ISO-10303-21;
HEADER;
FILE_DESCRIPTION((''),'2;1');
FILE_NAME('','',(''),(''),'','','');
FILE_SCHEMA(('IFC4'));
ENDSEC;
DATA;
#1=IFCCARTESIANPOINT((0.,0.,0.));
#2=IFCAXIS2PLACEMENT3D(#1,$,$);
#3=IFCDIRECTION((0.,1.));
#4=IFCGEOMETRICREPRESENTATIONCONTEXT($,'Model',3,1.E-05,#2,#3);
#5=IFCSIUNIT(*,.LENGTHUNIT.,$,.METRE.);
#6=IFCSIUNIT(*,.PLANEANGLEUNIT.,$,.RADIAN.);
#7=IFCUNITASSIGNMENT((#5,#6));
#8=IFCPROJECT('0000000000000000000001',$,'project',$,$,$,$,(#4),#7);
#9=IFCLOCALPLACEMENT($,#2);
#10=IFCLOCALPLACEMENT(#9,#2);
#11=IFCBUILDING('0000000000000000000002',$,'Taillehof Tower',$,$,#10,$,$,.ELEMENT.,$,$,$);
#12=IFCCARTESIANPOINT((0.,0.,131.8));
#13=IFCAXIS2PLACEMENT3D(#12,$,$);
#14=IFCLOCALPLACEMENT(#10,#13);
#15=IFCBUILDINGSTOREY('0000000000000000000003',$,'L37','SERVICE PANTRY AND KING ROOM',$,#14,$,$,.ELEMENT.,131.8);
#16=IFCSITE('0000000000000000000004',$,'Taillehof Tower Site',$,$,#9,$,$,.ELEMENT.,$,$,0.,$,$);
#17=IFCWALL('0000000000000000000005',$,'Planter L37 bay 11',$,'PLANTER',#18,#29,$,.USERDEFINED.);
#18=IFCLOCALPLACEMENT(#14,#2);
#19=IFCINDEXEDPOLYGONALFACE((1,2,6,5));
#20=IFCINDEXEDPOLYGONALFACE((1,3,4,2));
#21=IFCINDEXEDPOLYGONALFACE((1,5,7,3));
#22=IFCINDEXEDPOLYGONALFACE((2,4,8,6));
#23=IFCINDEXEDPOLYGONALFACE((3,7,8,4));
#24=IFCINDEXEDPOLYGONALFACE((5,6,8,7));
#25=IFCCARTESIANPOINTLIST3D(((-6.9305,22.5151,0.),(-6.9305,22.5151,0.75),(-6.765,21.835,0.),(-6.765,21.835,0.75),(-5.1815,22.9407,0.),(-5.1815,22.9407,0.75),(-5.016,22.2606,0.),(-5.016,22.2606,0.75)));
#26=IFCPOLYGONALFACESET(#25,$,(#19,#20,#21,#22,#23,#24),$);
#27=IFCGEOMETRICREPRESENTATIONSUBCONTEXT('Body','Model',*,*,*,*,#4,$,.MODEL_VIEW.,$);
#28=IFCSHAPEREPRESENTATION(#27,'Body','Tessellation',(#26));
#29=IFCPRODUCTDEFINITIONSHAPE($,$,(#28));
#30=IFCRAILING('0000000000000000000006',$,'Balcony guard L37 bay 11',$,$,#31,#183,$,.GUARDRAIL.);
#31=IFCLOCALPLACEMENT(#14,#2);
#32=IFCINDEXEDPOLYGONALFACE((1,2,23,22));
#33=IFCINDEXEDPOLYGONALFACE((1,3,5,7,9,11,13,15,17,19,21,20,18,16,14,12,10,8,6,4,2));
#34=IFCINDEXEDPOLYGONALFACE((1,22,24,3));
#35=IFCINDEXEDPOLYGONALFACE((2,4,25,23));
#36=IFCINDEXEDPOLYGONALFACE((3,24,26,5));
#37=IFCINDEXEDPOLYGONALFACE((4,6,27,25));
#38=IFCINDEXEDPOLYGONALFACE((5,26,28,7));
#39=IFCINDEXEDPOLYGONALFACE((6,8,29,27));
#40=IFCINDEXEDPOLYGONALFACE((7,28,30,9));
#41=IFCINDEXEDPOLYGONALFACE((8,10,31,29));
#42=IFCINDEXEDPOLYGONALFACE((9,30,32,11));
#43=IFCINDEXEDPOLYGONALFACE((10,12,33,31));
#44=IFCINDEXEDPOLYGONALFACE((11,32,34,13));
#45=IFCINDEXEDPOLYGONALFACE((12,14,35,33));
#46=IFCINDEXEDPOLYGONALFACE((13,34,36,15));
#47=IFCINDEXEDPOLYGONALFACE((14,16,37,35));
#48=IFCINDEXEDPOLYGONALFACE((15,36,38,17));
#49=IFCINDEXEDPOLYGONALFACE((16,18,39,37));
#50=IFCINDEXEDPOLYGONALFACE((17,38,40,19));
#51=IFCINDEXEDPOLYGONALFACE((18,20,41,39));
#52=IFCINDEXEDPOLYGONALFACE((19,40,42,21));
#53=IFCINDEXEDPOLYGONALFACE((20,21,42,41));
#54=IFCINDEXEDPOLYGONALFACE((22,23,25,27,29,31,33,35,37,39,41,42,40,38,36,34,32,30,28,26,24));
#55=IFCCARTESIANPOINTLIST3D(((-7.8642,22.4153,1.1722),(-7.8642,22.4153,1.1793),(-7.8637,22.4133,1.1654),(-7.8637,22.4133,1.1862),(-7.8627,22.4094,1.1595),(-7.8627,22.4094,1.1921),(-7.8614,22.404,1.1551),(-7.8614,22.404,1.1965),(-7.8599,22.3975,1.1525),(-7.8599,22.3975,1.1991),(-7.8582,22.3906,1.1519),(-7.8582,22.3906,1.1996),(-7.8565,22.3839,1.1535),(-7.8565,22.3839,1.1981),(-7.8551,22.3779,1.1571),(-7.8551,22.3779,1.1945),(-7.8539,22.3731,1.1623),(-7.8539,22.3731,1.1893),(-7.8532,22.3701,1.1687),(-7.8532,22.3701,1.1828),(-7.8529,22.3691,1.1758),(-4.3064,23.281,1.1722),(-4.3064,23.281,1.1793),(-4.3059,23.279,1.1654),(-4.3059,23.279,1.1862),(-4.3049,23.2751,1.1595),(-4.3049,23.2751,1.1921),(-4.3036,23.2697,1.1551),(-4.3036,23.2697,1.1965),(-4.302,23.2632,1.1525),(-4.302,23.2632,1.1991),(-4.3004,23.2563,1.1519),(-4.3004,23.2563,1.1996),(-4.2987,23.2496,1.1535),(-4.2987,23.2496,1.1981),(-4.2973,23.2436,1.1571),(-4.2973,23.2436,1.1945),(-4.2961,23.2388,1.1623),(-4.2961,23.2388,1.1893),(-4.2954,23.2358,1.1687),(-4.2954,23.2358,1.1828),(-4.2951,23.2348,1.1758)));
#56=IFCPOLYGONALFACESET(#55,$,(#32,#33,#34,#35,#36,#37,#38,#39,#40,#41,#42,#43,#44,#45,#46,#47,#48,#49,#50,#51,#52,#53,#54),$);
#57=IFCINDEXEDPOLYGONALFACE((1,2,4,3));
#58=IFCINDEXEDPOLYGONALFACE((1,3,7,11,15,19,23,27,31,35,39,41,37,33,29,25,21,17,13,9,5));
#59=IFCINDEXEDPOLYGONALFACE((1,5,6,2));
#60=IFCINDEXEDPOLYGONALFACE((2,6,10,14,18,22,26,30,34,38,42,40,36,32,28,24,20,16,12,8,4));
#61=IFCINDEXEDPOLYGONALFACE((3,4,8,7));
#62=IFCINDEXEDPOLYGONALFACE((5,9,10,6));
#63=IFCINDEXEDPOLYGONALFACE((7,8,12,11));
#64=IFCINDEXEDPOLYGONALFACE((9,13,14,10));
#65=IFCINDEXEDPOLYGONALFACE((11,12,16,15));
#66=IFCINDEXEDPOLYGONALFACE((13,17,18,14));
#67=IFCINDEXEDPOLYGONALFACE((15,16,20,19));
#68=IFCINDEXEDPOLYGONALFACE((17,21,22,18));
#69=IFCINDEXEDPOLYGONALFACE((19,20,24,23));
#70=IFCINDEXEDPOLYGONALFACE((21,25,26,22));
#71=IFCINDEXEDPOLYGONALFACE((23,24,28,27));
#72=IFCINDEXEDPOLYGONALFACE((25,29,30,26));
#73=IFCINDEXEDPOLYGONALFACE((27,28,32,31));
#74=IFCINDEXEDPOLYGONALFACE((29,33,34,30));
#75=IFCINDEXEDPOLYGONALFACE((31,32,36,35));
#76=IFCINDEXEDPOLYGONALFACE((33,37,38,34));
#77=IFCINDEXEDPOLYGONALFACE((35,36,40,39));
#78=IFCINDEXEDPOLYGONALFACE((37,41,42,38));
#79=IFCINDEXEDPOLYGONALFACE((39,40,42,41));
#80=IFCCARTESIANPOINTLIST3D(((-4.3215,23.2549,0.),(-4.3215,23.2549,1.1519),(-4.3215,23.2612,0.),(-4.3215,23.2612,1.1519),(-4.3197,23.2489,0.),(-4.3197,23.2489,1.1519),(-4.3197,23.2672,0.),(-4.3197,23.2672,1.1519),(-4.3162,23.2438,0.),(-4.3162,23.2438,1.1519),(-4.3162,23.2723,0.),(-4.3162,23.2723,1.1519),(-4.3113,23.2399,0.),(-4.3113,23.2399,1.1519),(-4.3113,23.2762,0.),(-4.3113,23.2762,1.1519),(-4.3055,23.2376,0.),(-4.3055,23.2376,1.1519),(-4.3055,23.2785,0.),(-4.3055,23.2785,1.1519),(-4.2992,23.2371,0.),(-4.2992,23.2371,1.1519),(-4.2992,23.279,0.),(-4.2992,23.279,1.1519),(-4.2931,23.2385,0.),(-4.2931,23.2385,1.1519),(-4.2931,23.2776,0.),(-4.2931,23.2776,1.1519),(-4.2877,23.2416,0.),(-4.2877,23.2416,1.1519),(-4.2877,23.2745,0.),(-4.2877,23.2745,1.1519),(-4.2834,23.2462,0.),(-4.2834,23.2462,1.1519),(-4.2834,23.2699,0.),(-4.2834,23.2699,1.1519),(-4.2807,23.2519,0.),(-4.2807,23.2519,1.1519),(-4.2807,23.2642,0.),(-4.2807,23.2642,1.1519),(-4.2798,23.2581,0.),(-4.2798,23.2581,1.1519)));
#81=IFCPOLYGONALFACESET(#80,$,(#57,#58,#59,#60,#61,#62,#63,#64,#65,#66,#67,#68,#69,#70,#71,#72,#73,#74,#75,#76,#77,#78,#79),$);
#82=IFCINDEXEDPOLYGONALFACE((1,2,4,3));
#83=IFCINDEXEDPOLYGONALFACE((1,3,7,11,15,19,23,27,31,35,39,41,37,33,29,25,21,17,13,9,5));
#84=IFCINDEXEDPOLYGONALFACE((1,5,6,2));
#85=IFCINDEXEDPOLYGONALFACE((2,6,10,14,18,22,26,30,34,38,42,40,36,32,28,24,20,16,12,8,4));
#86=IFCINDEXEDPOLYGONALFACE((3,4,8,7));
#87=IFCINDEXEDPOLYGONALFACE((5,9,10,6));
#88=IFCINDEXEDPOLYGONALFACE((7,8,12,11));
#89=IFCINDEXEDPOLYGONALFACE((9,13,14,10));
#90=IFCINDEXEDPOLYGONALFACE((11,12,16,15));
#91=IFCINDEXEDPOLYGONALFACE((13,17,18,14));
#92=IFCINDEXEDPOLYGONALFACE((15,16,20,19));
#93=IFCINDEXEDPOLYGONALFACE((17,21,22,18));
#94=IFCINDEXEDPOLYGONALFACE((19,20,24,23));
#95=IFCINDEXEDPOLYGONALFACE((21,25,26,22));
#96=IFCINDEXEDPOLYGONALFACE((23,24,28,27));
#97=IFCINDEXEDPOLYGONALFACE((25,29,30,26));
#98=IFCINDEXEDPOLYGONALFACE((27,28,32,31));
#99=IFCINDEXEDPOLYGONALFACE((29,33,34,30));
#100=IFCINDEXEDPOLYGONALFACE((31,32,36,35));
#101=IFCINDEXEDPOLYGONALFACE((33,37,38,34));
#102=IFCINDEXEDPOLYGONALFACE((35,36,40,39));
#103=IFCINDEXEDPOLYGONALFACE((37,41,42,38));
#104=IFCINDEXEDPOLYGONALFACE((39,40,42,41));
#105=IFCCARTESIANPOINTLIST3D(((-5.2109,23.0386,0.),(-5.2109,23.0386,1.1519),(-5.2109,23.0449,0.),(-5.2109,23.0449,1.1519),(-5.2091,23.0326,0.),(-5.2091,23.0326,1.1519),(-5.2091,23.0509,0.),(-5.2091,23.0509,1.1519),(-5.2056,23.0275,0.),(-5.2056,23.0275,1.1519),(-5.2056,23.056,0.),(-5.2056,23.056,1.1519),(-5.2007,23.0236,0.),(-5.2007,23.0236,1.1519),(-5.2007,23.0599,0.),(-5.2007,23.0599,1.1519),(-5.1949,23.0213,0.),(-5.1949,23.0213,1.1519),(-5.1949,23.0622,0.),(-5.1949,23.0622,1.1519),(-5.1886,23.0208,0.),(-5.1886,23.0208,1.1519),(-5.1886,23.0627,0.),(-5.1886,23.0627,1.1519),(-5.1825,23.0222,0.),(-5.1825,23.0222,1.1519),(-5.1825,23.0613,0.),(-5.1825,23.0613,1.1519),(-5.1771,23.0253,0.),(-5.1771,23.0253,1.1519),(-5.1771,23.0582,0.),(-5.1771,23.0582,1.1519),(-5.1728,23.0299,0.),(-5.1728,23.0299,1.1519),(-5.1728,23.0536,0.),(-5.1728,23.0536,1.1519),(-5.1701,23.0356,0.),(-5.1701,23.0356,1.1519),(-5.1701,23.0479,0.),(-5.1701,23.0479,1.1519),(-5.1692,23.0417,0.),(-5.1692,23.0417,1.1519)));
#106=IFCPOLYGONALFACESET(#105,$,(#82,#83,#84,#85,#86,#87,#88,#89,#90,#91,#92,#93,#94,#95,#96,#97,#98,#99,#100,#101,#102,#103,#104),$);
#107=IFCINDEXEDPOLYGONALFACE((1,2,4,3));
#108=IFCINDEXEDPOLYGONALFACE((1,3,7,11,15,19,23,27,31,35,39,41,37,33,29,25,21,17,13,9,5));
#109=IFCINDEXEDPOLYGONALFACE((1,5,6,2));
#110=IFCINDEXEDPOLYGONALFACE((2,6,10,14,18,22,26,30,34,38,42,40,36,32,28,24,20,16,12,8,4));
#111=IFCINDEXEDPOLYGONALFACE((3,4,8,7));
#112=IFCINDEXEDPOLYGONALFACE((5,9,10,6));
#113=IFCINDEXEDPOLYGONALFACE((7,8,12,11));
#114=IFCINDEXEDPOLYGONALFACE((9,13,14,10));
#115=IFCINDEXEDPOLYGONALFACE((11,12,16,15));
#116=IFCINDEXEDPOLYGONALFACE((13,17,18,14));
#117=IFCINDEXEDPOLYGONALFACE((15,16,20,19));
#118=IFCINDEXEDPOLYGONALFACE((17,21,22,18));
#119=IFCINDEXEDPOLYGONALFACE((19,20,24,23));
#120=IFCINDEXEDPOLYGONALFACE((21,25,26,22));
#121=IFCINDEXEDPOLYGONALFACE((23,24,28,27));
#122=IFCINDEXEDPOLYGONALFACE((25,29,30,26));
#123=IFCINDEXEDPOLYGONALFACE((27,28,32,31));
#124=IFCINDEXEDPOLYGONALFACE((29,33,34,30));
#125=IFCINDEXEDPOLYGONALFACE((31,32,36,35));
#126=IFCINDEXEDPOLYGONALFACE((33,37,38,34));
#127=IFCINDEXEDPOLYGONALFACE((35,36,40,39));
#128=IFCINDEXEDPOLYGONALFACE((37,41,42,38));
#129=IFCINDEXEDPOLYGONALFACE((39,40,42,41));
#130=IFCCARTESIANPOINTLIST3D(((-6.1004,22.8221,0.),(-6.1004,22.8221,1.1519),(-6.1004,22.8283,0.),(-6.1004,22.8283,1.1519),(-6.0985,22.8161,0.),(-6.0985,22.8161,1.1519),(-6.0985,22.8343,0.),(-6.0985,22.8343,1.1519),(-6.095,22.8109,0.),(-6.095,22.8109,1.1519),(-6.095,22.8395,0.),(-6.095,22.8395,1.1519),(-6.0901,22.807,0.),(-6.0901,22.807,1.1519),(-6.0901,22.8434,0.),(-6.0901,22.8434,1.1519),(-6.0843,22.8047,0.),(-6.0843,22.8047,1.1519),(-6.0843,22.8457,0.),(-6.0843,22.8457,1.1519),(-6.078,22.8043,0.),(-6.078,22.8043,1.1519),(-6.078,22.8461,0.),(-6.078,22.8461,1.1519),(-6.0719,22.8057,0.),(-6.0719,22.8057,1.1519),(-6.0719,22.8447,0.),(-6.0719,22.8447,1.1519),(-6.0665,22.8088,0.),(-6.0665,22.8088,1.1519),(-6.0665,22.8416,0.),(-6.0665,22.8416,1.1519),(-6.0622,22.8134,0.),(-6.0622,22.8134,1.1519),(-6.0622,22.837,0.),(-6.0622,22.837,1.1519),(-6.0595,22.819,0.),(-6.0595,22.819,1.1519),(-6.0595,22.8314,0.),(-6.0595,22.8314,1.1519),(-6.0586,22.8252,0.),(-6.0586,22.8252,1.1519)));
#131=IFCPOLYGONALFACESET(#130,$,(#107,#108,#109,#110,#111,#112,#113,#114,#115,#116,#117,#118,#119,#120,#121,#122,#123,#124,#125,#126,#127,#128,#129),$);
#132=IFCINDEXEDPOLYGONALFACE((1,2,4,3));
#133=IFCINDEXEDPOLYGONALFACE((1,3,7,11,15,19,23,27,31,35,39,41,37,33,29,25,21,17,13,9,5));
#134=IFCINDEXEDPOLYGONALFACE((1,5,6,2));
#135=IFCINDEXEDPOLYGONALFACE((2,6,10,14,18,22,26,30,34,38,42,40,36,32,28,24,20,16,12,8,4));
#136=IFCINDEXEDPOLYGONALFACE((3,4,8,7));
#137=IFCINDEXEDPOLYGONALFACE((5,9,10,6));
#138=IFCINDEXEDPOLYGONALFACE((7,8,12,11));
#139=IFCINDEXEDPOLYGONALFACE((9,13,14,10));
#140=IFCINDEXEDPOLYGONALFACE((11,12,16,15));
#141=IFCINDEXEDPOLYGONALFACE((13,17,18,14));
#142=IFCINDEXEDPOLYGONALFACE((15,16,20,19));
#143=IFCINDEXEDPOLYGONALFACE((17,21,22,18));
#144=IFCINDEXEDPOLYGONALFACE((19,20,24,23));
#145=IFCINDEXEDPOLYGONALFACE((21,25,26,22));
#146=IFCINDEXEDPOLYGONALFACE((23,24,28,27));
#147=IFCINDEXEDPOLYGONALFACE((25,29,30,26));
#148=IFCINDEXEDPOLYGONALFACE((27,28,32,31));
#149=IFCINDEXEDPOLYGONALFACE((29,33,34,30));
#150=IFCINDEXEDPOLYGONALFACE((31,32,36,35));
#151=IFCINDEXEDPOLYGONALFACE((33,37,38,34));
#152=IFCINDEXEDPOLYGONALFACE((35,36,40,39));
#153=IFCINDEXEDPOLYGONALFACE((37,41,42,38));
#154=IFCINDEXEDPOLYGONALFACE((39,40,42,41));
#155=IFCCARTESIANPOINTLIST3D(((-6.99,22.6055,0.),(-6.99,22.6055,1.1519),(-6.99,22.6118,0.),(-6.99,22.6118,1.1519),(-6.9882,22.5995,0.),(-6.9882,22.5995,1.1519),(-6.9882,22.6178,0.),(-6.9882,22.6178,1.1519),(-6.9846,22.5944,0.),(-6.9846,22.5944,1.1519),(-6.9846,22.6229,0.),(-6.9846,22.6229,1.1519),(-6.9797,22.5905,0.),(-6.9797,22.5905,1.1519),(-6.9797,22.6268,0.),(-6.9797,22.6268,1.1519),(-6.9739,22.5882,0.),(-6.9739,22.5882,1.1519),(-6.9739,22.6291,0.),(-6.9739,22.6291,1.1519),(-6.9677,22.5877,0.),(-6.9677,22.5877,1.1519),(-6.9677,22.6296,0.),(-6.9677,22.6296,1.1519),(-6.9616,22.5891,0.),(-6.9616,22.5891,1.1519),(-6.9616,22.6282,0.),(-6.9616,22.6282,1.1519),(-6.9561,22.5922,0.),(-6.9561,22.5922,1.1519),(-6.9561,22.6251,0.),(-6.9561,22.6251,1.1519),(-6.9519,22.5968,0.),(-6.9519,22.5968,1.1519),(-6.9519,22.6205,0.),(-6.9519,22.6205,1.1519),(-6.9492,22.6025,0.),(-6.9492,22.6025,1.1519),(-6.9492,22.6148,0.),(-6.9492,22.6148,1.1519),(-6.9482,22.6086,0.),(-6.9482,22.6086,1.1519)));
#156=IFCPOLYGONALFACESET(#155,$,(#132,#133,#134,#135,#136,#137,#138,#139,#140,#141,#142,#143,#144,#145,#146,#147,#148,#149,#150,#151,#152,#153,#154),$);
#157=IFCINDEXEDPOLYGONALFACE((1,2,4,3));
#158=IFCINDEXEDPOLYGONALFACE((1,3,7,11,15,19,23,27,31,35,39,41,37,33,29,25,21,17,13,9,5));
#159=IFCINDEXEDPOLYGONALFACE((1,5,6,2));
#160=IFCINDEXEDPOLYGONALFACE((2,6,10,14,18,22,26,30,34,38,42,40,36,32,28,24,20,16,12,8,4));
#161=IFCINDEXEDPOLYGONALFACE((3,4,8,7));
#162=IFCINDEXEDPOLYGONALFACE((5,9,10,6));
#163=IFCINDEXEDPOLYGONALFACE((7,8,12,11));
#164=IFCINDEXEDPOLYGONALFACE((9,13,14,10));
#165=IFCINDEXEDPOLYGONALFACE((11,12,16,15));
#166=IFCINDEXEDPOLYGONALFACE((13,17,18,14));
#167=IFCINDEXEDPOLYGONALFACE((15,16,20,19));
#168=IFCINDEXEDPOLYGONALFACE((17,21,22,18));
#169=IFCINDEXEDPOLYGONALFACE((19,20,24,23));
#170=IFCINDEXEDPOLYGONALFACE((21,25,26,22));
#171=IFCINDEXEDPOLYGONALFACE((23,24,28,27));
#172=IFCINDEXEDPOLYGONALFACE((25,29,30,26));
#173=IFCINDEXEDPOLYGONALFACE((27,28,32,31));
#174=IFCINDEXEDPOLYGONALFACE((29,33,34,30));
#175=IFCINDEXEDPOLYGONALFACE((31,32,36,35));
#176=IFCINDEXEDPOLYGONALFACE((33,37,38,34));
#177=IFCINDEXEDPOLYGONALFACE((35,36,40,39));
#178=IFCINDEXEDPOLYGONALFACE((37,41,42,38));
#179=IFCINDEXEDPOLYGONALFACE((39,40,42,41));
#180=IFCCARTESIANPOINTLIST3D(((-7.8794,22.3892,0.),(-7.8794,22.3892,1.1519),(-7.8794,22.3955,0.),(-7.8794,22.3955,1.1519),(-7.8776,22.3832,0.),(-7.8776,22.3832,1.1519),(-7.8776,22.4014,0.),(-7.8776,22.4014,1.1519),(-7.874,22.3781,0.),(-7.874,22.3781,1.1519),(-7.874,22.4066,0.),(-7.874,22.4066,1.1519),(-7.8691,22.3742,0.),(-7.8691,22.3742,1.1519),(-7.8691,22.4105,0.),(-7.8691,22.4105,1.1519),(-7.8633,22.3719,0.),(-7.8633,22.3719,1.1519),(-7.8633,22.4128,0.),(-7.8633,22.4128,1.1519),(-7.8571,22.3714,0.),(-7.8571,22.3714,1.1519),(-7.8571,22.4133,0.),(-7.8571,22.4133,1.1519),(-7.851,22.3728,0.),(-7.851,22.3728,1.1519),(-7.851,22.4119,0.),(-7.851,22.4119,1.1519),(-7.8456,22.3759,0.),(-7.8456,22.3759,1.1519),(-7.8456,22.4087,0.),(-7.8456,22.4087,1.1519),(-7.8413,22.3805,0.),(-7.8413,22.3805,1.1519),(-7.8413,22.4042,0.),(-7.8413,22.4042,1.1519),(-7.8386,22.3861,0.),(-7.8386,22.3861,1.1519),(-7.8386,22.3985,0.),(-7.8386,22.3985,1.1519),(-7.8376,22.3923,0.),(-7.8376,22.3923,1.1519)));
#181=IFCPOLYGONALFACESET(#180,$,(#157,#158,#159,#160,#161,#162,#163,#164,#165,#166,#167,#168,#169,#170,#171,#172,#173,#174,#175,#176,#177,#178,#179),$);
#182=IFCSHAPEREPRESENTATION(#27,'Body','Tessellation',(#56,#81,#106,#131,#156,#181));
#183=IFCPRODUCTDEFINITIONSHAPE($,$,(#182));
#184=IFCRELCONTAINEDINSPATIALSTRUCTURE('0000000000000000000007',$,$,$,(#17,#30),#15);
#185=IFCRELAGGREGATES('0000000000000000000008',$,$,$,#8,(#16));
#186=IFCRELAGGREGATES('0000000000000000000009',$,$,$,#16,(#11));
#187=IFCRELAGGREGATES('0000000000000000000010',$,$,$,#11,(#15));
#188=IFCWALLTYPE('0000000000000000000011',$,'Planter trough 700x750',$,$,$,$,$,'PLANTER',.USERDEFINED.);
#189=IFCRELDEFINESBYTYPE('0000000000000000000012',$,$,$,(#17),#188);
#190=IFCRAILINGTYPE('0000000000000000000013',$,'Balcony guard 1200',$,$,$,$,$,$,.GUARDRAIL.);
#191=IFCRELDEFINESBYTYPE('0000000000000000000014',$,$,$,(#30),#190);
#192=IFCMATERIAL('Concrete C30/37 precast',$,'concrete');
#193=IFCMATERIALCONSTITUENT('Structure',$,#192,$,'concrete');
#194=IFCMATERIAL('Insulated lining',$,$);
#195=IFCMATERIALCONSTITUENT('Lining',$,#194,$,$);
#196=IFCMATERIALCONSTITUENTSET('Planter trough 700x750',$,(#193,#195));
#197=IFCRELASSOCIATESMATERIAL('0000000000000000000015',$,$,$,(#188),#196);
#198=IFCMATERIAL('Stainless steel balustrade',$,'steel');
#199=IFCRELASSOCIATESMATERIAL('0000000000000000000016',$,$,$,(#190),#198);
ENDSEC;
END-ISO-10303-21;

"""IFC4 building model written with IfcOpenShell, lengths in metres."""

from ifc_helpers import new_model, si_unit, direction, frame, frame_2d, origin, origin_2d, place, context, subcontext, project, spatial, rectangle, circle, extrude, material, constituent, constituent_set, type_object, element, save


model = new_model("IFC4")

# Units and contexts
model_context = context("Model", 3, precision=1e-05, world=origin(), true_north=direction((0.0, 1.0)))
body_context = subcontext(model_context, "Body", "Model", "MODEL_VIEW")
ifc_project = project(units=[si_unit("LENGTHUNIT", "METRE"), si_unit("PLANEANGLEUNIT", "RADIAN")], contexts=[model_context])

# Site, building, storey
site_placement = place(None, origin())
site = spatial("IfcSite", under=ifc_project, at=site_placement, Name="Taillehof Tower Site", CompositionType="ELEMENT", RefElevation=0.0)
building_placement = place(site_placement, origin())
building = spatial("IfcBuilding", under=site, at=building_placement, Name="Taillehof Tower", CompositionType="ELEMENT")
storey_placement = place(building_placement, frame((0.0, 0.0, 131.8)))
storey = spatial("IfcBuildingStorey", under=building, at=storey_placement, Name="L37", Description="SERVICE PANTRY AND KING ROOM", CompositionType="ELEMENT", Elevation=131.8)

# Wall
ifc_material_1 = material(Name="Concrete C30/37 precast", Category="concrete")
ifc_constituent_1 = constituent(ifc_material_1, Name="Structure", Category="concrete")
ifc_material_2 = material(Name="Insulated lining")
ifc_constituent_2 = constituent(ifc_material_2, Name="Lining")
ifc_constituent_set = constituent_set(constituents=[ifc_constituent_1, ifc_constituent_2], Name="Planter trough 700x750")
wall_type_1 = type_object("IfcWallType", Name="Planter trough 700x750", ElementType="PLANTER", PredefinedType="USERDEFINED", material=ifc_constituent_set)
wall_1_placement = place(storey_placement, frame((-5.0989, 22.6006, 0.0), z_axis=(0.0, 0.0, 1.0), x_axis=(-0.971655, -0.236403, 0.0)))
element("IfcWall", 1, at=wall_1_placement, inside=storey, type_object=wall_type_1, Name="Planter L37 bay 11", ObjectType="PLANTER", PredefinedType="USERDEFINED", context=body_context, shape_type="SweptSolid", body=[
    extrude(rectangle(XDim=1.8, YDim=0.7, at=frame_2d((0.8999, 0.0))), origin(), (0.0, 0.0, 1.0), 0.75),
])

# Railing
ifc_material_3 = material(Name="Stainless steel balustrade", Category="steel")
railing_type = type_object("IfcRailingType", Name="Balcony guard 1200", PredefinedType="GUARDRAIL", material=ifc_material_3)
railing_placement = place(storey_placement, frame((-4.3008, 23.2581, 0.0)))
element("IfcRailing", 2, at=railing_placement, inside=storey, type_object=railing_type, Name="Balcony guard L37 bay 11", PredefinedType="GUARDRAIL", context=body_context, shape_type="SweptSolid", body=[
    extrude(circle(Radius=0.0239, at=origin_2d()), frame((0.0, 0.0, 1.1758), z_axis=(-0.971649, -0.236428, 0.0), x_axis=(0.236428, -0.971649, 0.0)), (0.0, 0.0, 1.0), 3.6616),
    extrude(circle(Radius=0.021, at=origin_2d()), origin(), (0.0, 0.0, 1.0), 1.1519),
    extrude(circle(Radius=0.021, at=origin_2d()), frame((-0.8894, -0.2163, 0.0)), (0.0, 0.0, 1.0), 1.1519),
    extrude(circle(Radius=0.021, at=origin_2d()), frame((-1.7788, -0.4329, 0.0)), (0.0, 0.0, 1.0), 1.1519),
    extrude(circle(Radius=0.021, at=origin_2d()), frame((-2.6685, -0.6494, 0.0)), (0.0, 0.0, 1.0), 1.1519),
    extrude(circle(Radius=0.021, at=origin_2d()), frame((-3.5579, -0.8657, 0.0)), (0.0, 0.0, 1.0), 1.1519),
])

save(model, "model.ifc")
